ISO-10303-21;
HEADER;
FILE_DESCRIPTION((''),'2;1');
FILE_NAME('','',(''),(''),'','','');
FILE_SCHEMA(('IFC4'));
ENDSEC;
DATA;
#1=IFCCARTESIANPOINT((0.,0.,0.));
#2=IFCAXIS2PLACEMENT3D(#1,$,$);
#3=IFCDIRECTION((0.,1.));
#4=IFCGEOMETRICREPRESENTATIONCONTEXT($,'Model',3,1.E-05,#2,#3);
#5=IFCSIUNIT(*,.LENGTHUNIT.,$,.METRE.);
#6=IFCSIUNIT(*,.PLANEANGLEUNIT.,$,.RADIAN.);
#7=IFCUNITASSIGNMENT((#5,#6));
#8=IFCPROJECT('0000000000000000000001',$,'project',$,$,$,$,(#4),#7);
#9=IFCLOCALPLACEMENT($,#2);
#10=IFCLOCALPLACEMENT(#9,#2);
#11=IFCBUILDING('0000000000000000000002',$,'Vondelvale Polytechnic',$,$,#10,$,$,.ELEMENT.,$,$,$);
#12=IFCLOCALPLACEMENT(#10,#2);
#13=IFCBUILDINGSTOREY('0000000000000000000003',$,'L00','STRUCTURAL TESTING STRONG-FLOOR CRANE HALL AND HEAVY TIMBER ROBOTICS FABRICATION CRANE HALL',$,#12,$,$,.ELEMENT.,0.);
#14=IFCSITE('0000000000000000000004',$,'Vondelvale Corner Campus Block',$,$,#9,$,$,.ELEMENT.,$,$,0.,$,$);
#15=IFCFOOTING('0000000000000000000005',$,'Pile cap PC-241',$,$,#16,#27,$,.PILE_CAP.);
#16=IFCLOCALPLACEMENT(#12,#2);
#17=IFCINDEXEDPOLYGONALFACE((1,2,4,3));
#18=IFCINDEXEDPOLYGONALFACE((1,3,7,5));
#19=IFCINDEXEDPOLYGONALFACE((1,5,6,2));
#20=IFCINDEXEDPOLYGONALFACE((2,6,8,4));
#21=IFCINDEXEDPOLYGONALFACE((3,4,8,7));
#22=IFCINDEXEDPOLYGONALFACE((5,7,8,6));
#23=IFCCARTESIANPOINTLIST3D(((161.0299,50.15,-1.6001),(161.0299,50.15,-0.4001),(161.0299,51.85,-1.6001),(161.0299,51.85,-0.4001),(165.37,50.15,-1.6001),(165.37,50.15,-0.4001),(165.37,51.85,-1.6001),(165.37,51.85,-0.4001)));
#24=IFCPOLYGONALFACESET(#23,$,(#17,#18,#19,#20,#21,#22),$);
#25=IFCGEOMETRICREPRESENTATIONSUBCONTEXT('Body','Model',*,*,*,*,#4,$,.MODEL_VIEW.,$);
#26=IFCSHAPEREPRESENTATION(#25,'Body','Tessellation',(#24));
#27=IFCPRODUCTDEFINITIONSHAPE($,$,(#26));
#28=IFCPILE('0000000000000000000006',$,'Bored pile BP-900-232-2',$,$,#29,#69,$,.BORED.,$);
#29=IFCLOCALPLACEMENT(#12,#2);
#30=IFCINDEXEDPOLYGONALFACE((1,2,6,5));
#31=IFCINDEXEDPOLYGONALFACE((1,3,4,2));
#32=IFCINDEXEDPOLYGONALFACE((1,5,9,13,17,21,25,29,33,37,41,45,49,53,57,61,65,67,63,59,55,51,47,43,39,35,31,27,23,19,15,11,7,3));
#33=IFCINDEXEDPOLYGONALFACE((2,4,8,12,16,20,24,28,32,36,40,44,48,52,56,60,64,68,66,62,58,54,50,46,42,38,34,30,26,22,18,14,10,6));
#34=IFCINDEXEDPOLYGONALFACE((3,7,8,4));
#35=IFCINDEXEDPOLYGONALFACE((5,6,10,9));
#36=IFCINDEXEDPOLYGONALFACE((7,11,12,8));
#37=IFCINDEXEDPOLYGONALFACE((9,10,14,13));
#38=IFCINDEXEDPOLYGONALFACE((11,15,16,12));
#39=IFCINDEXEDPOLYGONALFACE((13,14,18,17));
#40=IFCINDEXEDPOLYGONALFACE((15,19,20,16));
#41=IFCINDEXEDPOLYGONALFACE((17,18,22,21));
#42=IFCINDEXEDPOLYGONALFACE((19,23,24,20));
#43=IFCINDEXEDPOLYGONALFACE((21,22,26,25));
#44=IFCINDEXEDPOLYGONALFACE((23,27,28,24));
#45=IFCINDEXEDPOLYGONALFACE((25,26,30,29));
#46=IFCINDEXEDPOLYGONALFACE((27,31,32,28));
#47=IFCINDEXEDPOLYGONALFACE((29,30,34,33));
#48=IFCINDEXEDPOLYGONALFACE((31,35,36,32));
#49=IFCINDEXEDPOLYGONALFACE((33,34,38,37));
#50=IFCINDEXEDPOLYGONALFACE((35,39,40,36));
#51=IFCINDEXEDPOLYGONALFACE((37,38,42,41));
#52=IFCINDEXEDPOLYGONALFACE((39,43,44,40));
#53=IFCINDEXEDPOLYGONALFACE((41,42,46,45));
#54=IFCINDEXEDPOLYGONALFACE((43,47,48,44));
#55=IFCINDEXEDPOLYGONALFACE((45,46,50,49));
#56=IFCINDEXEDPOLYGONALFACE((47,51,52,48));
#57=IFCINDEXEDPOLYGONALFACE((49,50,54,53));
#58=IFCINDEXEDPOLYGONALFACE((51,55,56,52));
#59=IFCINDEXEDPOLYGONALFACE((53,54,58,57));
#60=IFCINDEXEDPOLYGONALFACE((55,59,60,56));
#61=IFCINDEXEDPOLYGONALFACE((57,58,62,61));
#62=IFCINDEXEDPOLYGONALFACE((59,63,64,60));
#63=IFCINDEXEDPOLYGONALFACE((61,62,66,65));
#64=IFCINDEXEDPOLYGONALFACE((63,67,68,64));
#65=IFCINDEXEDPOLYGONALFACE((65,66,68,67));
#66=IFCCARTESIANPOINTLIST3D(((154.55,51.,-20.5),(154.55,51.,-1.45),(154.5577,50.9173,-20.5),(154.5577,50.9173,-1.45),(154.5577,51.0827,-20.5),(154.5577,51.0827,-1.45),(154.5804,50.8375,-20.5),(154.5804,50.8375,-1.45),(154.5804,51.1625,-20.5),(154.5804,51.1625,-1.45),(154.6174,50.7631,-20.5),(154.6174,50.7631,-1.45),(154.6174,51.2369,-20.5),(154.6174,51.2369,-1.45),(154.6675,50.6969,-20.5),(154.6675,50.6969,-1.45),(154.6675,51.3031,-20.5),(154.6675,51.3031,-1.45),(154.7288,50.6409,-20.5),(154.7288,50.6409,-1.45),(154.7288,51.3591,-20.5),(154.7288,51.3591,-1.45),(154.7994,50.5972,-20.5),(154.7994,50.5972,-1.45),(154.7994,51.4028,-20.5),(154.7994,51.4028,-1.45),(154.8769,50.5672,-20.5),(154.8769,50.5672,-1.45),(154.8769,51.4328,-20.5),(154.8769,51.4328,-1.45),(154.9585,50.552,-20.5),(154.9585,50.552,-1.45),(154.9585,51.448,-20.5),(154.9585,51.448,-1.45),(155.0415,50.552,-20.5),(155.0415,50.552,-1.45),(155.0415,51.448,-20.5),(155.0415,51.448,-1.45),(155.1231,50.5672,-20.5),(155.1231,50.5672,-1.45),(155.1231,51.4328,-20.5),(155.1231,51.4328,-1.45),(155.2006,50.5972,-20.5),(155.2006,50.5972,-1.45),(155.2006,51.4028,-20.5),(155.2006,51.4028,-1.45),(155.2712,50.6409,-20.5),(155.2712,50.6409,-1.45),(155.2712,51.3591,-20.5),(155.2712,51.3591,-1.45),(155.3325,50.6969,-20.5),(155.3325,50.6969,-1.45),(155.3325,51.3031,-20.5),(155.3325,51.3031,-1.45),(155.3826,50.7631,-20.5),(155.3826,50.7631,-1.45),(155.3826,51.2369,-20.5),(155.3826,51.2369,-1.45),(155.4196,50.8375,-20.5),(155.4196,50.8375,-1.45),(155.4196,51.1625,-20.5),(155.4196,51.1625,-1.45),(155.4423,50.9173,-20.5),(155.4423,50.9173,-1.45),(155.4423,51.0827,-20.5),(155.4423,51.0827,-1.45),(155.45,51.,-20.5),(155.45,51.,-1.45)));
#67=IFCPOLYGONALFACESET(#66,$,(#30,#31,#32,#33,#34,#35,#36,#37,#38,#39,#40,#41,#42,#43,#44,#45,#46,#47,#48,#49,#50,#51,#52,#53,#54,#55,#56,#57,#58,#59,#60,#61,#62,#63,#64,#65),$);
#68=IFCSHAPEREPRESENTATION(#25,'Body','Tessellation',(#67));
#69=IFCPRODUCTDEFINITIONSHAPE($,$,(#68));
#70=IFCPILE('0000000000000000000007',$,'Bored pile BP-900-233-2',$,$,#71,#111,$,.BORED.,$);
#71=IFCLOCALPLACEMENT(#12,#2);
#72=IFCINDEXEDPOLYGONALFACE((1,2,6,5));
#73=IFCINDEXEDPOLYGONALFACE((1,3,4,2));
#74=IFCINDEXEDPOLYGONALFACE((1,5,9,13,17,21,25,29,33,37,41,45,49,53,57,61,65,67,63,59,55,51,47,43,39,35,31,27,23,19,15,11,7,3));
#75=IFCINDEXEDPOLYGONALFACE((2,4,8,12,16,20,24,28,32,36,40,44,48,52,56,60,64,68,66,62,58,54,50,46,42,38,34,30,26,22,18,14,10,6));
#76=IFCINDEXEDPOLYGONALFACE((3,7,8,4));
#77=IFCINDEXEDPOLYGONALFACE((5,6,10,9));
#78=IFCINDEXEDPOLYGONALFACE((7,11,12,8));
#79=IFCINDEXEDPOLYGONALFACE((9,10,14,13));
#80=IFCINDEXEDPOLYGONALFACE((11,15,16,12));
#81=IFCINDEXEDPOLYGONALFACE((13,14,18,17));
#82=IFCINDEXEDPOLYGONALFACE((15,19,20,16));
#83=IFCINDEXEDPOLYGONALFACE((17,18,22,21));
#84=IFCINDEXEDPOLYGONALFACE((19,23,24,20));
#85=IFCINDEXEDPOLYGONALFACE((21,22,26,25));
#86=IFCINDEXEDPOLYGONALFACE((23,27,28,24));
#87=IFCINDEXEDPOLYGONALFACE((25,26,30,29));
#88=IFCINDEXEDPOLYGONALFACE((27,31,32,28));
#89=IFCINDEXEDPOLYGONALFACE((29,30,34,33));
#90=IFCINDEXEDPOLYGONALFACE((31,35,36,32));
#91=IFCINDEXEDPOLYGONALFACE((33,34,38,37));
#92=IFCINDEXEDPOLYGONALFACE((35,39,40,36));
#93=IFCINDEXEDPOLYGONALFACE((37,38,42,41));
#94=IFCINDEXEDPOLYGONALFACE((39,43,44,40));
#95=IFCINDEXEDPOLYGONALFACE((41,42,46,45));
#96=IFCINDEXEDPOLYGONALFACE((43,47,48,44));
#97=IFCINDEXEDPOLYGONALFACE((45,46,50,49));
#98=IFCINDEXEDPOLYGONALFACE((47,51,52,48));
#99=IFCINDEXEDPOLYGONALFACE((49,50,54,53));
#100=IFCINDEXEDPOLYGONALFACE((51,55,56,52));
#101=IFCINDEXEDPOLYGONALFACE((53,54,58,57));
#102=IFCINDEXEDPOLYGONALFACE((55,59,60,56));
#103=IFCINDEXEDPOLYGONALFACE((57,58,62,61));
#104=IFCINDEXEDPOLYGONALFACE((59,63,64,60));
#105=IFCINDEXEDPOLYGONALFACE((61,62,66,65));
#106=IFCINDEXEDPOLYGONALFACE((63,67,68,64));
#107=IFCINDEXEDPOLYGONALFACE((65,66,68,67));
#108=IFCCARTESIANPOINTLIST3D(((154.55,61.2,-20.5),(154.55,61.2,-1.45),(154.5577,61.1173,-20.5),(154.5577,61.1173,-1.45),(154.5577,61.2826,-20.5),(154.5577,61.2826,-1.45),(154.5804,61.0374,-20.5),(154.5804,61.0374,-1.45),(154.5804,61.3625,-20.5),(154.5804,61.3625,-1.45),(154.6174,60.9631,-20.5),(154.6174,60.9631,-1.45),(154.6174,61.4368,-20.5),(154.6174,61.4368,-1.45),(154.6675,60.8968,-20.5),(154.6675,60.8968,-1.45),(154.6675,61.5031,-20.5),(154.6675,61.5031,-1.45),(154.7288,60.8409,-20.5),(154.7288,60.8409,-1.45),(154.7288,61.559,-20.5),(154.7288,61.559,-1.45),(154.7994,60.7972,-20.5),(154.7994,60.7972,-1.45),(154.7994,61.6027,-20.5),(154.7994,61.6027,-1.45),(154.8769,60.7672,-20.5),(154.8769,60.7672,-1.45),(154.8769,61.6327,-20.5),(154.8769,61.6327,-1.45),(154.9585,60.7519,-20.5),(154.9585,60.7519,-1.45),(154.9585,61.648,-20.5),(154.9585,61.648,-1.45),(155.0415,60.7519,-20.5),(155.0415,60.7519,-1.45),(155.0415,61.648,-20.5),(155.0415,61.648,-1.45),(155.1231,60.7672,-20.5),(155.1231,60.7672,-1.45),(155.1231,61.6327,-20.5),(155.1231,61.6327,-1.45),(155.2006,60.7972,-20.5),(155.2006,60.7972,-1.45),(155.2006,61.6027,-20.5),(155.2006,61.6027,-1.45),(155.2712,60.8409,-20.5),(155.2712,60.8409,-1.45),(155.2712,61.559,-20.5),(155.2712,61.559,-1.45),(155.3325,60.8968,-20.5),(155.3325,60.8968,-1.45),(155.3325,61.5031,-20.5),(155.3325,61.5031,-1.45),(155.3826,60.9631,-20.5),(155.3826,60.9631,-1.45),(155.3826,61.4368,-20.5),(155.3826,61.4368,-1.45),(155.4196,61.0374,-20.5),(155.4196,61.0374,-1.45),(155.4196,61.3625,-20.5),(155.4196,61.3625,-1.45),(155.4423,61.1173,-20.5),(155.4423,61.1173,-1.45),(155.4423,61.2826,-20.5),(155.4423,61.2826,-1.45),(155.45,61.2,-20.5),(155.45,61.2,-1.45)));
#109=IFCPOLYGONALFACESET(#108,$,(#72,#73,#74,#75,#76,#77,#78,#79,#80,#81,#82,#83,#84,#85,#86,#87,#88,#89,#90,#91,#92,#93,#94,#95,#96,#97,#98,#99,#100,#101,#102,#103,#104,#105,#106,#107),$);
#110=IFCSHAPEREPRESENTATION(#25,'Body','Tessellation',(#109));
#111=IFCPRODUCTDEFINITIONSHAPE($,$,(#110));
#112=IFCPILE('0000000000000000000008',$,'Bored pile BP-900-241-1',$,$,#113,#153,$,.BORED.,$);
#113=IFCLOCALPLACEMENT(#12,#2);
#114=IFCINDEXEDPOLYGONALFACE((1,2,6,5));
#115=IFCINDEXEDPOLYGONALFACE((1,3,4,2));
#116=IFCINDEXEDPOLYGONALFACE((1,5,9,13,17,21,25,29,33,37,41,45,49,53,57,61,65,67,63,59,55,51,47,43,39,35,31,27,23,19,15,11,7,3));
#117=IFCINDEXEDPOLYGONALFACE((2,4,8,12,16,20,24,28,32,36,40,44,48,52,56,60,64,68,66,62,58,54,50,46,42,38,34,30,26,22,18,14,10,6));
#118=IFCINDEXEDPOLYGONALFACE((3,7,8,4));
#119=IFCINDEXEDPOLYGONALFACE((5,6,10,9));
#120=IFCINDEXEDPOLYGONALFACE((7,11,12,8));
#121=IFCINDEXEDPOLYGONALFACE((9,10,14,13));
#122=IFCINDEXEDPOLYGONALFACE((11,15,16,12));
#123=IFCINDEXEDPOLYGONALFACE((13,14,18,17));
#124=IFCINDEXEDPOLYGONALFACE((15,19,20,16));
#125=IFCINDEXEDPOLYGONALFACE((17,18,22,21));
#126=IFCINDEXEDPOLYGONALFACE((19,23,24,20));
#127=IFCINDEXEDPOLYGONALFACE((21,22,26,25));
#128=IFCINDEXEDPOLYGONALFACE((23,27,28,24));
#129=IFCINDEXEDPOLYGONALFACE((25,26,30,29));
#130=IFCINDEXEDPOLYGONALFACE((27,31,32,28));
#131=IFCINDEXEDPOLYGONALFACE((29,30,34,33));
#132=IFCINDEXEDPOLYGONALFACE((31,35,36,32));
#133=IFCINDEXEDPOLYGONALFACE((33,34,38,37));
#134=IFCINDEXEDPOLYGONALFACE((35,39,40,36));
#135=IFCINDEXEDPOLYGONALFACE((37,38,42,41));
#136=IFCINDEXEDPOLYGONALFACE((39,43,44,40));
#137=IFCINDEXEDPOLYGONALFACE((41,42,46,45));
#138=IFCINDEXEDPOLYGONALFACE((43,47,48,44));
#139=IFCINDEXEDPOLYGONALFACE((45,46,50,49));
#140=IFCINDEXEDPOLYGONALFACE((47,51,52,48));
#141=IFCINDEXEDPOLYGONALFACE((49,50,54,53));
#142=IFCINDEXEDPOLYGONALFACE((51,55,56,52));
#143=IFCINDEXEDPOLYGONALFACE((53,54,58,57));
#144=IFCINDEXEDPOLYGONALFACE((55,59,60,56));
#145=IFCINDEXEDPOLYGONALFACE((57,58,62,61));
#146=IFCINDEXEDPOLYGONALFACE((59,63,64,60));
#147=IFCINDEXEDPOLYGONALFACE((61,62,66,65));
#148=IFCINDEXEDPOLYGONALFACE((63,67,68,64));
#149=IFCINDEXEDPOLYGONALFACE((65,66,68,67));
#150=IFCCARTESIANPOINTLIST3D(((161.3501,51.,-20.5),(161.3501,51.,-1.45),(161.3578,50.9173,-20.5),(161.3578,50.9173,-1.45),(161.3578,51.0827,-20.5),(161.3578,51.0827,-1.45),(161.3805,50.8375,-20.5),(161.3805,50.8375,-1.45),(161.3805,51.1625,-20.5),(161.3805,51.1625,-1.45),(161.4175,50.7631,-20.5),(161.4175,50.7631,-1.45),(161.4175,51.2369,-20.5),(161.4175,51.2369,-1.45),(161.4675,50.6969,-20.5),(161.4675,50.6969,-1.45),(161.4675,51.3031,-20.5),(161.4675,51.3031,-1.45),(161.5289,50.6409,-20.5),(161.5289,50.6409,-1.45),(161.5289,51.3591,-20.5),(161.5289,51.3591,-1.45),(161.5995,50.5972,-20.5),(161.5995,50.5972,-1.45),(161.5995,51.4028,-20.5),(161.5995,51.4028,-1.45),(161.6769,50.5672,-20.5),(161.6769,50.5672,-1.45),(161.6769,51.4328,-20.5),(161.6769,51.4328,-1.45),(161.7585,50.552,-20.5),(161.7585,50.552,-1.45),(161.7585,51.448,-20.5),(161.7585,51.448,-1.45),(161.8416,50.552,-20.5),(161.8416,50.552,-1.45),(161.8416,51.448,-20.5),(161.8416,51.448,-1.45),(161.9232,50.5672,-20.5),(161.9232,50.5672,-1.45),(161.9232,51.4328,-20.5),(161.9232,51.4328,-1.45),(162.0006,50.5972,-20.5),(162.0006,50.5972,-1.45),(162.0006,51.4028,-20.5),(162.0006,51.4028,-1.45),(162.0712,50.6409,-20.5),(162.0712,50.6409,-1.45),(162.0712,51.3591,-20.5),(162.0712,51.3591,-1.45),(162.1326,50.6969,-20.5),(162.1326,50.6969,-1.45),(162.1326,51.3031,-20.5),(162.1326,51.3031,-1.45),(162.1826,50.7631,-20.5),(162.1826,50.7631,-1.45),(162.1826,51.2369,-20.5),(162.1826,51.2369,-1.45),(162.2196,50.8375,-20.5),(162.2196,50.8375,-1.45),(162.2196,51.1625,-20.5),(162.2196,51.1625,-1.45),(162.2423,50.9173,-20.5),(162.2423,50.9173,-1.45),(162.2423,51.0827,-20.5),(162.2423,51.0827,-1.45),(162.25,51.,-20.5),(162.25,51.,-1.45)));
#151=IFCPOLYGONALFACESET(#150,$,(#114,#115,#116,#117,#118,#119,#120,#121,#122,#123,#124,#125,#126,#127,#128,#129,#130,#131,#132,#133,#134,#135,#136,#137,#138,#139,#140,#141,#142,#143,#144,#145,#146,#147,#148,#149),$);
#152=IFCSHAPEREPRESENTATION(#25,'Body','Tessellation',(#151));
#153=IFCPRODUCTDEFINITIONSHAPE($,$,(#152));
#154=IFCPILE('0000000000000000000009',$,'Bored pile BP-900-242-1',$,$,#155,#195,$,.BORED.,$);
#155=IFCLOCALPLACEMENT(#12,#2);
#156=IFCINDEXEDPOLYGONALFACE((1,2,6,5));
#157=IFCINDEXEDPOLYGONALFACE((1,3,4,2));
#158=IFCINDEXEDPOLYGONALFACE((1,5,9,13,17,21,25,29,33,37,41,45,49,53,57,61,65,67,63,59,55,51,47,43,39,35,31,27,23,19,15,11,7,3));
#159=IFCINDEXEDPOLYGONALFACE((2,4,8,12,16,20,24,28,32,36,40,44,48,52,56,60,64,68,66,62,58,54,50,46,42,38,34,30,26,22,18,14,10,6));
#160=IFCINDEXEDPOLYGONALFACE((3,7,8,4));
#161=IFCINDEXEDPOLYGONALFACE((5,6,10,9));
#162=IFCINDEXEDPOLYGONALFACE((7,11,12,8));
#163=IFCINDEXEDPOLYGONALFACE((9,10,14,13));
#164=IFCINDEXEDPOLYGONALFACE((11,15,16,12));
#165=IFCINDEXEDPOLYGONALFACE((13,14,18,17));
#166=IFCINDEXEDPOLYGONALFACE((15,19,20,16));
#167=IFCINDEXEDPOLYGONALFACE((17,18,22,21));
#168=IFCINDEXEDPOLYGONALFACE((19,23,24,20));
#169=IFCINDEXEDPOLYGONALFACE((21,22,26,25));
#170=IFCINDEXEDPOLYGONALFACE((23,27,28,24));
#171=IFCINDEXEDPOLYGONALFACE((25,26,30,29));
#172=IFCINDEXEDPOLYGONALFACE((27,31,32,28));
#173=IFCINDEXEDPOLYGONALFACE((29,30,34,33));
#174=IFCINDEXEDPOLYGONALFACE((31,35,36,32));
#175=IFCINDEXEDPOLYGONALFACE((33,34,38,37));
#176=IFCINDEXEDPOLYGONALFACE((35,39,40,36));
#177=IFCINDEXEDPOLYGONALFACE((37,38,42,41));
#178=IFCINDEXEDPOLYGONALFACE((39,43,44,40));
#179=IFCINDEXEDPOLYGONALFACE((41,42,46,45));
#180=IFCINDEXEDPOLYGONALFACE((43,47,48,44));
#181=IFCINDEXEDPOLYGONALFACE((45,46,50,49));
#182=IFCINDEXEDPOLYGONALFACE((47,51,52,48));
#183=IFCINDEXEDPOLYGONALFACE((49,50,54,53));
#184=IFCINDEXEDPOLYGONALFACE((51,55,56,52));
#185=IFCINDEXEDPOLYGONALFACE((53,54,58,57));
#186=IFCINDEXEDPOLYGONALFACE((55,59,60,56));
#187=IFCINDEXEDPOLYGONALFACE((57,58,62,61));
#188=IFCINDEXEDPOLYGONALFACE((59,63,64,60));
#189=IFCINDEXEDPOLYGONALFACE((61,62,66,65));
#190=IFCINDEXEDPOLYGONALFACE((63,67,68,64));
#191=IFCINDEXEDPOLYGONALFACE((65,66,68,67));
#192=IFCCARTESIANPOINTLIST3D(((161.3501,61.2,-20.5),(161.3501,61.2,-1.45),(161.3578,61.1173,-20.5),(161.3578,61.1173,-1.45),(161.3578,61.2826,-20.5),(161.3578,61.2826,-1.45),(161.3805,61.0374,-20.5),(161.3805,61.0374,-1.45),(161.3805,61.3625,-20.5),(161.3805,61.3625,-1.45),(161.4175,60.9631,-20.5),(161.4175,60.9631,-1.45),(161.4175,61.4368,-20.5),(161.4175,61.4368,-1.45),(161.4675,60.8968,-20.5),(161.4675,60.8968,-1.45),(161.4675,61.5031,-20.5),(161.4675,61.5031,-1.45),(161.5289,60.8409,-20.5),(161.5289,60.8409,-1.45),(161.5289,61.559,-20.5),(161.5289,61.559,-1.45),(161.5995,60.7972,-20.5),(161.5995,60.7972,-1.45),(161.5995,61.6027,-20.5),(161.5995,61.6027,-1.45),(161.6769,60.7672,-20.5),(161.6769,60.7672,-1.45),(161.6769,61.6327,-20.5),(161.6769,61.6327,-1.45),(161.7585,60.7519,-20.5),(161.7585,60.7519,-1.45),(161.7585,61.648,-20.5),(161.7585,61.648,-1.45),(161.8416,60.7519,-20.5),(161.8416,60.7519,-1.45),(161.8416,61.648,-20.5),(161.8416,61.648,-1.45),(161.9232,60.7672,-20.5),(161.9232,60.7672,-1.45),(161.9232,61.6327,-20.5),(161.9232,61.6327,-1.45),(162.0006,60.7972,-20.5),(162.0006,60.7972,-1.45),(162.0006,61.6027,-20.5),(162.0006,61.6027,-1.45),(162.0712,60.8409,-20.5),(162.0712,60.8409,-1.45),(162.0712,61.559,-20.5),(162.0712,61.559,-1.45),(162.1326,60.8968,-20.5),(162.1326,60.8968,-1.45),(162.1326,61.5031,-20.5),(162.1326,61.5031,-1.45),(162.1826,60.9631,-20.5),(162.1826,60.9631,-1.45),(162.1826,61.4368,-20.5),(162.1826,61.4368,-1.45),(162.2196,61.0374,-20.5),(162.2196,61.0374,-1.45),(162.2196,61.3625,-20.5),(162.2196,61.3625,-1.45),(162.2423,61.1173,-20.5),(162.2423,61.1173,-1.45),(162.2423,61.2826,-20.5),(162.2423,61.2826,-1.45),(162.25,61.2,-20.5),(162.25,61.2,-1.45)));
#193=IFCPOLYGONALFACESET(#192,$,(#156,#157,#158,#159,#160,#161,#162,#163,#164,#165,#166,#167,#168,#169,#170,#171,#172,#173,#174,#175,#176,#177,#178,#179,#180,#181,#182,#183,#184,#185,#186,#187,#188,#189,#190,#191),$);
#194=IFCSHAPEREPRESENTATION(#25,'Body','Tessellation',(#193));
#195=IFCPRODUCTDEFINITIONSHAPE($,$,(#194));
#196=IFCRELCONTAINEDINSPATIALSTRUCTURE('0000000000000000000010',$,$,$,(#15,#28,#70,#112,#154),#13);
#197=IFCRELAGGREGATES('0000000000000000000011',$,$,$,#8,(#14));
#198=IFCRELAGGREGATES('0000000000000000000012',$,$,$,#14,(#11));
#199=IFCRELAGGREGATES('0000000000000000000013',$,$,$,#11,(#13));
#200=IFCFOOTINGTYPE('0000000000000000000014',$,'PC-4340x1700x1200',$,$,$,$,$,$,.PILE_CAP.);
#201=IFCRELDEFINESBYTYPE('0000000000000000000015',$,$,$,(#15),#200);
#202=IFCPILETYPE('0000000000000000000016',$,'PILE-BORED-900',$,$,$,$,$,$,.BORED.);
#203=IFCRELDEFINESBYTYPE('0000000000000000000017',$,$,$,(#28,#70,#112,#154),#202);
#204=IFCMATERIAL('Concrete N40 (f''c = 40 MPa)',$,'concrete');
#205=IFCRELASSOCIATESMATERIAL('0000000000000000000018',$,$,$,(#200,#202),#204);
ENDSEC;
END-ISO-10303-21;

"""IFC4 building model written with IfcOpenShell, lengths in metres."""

from ifc_helpers import new_model, si_unit, direction, frame, origin, origin_2d, place, context, subcontext, project, spatial, rectangle, circle, extrude, material, material_profile, profile_set, type_object, element, save


model = new_model("IFC4")

# Units and contexts
model_context = context("Model", 3, precision=1e-05, world=origin(), true_north=direction((0.0, 1.0)))
body_context = subcontext(model_context, "Body", "Model", "MODEL_VIEW")
ifc_project = project(units=[si_unit("LENGTHUNIT", "METRE"), si_unit("PLANEANGLEUNIT", "RADIAN")], contexts=[model_context])

# Site, building, storey
site_placement = place(None, origin())
site = spatial("IfcSite", under=ifc_project, at=site_placement, Name="Vondelvale Corner Campus Block", CompositionType="ELEMENT", RefElevation=0.0)
building_placement = place(site_placement, origin())
building = spatial("IfcBuilding", under=site, at=building_placement, Name="Vondelvale Polytechnic", CompositionType="ELEMENT")
storey_placement = place(building_placement, origin())
storey = spatial("IfcBuildingStorey", under=building, at=storey_placement, Name="L00", Description="STRUCTURAL TESTING STRONG-FLOOR CRANE HALL AND HEAVY TIMBER ROBOTICS FABRICATION CRANE HALL", CompositionType="ELEMENT", Elevation=0.0)

# Footing
ifc_material_1 = material(Name="Concrete N40 (f'c = 40 MPa)", Category="concrete")
footing_type = type_object("IfcFootingType", Name="PC-4340x1700x1200", PredefinedType="PILE_CAP", material=ifc_material_1)
footing_placement = place(storey_placement, frame((163.2, 51.0, -1.6001), z_axis=(0.0, 0.0, 1.0), x_axis=(1.0, 0.0, 0.0)))
element("IfcFooting", 1, at=footing_placement, inside=storey, type_object=footing_type, Name="Pile cap PC-241", PredefinedType="PILE_CAP", context=body_context, shape_type="SweptSolid", body=[
    extrude(rectangle(XDim=4.3401, YDim=1.7, at=origin_2d()), origin(), (0.0, 0.0, 1.0), 1.2),
])

# Piles
ifc_material_profile_1 = material_profile(ifc_material_1, circle(Radius=0.45, at=origin_2d()), Name="PILE-D900")
ifc_profile_set_1 = profile_set([ifc_material_profile_1], Name="Concrete N40 (f'c = 40 MPa)")
pile_type = type_object("IfcPileType", Name="PILE-BORED-900", PredefinedType="BORED", material=ifc_profile_set_1)
for number, where, z_axis, x_axis, name in (
    (2, (155.0, 51.0, -1.45), (0.0, 0.0, -1.0), (1.0, 0.0, 0.0), "Bored pile BP-900-232-2"),
    (3, (155.0, 61.2, -1.45), (0.0, 0.0, -1.0), (1.0, 0.0, 0.0), "Bored pile BP-900-233-2"),
    (4, (161.8, 51.0, -1.45), (0.0, 0.0, -1.0), (1.0, 0.0, 0.0), "Bored pile BP-900-241-1"),
    (5, (161.8, 61.2, -1.45), (0.0, 0.0, -1.0), (1.0, 0.0, 0.0), "Bored pile BP-900-242-1"),
):
    element("IfcPile", number, at=place(storey_placement, frame(where, z_axis=z_axis, x_axis=x_axis)), inside=storey, type_object=pile_type, Name=name, PredefinedType="BORED", context=body_context, shape_type="SweptSolid", body=[
        extrude(circle(Radius=0.45, at=origin_2d()), origin(), (0.0, 0.0, 1.0), 19.05),
    ])

save(model, "model.ifc")
